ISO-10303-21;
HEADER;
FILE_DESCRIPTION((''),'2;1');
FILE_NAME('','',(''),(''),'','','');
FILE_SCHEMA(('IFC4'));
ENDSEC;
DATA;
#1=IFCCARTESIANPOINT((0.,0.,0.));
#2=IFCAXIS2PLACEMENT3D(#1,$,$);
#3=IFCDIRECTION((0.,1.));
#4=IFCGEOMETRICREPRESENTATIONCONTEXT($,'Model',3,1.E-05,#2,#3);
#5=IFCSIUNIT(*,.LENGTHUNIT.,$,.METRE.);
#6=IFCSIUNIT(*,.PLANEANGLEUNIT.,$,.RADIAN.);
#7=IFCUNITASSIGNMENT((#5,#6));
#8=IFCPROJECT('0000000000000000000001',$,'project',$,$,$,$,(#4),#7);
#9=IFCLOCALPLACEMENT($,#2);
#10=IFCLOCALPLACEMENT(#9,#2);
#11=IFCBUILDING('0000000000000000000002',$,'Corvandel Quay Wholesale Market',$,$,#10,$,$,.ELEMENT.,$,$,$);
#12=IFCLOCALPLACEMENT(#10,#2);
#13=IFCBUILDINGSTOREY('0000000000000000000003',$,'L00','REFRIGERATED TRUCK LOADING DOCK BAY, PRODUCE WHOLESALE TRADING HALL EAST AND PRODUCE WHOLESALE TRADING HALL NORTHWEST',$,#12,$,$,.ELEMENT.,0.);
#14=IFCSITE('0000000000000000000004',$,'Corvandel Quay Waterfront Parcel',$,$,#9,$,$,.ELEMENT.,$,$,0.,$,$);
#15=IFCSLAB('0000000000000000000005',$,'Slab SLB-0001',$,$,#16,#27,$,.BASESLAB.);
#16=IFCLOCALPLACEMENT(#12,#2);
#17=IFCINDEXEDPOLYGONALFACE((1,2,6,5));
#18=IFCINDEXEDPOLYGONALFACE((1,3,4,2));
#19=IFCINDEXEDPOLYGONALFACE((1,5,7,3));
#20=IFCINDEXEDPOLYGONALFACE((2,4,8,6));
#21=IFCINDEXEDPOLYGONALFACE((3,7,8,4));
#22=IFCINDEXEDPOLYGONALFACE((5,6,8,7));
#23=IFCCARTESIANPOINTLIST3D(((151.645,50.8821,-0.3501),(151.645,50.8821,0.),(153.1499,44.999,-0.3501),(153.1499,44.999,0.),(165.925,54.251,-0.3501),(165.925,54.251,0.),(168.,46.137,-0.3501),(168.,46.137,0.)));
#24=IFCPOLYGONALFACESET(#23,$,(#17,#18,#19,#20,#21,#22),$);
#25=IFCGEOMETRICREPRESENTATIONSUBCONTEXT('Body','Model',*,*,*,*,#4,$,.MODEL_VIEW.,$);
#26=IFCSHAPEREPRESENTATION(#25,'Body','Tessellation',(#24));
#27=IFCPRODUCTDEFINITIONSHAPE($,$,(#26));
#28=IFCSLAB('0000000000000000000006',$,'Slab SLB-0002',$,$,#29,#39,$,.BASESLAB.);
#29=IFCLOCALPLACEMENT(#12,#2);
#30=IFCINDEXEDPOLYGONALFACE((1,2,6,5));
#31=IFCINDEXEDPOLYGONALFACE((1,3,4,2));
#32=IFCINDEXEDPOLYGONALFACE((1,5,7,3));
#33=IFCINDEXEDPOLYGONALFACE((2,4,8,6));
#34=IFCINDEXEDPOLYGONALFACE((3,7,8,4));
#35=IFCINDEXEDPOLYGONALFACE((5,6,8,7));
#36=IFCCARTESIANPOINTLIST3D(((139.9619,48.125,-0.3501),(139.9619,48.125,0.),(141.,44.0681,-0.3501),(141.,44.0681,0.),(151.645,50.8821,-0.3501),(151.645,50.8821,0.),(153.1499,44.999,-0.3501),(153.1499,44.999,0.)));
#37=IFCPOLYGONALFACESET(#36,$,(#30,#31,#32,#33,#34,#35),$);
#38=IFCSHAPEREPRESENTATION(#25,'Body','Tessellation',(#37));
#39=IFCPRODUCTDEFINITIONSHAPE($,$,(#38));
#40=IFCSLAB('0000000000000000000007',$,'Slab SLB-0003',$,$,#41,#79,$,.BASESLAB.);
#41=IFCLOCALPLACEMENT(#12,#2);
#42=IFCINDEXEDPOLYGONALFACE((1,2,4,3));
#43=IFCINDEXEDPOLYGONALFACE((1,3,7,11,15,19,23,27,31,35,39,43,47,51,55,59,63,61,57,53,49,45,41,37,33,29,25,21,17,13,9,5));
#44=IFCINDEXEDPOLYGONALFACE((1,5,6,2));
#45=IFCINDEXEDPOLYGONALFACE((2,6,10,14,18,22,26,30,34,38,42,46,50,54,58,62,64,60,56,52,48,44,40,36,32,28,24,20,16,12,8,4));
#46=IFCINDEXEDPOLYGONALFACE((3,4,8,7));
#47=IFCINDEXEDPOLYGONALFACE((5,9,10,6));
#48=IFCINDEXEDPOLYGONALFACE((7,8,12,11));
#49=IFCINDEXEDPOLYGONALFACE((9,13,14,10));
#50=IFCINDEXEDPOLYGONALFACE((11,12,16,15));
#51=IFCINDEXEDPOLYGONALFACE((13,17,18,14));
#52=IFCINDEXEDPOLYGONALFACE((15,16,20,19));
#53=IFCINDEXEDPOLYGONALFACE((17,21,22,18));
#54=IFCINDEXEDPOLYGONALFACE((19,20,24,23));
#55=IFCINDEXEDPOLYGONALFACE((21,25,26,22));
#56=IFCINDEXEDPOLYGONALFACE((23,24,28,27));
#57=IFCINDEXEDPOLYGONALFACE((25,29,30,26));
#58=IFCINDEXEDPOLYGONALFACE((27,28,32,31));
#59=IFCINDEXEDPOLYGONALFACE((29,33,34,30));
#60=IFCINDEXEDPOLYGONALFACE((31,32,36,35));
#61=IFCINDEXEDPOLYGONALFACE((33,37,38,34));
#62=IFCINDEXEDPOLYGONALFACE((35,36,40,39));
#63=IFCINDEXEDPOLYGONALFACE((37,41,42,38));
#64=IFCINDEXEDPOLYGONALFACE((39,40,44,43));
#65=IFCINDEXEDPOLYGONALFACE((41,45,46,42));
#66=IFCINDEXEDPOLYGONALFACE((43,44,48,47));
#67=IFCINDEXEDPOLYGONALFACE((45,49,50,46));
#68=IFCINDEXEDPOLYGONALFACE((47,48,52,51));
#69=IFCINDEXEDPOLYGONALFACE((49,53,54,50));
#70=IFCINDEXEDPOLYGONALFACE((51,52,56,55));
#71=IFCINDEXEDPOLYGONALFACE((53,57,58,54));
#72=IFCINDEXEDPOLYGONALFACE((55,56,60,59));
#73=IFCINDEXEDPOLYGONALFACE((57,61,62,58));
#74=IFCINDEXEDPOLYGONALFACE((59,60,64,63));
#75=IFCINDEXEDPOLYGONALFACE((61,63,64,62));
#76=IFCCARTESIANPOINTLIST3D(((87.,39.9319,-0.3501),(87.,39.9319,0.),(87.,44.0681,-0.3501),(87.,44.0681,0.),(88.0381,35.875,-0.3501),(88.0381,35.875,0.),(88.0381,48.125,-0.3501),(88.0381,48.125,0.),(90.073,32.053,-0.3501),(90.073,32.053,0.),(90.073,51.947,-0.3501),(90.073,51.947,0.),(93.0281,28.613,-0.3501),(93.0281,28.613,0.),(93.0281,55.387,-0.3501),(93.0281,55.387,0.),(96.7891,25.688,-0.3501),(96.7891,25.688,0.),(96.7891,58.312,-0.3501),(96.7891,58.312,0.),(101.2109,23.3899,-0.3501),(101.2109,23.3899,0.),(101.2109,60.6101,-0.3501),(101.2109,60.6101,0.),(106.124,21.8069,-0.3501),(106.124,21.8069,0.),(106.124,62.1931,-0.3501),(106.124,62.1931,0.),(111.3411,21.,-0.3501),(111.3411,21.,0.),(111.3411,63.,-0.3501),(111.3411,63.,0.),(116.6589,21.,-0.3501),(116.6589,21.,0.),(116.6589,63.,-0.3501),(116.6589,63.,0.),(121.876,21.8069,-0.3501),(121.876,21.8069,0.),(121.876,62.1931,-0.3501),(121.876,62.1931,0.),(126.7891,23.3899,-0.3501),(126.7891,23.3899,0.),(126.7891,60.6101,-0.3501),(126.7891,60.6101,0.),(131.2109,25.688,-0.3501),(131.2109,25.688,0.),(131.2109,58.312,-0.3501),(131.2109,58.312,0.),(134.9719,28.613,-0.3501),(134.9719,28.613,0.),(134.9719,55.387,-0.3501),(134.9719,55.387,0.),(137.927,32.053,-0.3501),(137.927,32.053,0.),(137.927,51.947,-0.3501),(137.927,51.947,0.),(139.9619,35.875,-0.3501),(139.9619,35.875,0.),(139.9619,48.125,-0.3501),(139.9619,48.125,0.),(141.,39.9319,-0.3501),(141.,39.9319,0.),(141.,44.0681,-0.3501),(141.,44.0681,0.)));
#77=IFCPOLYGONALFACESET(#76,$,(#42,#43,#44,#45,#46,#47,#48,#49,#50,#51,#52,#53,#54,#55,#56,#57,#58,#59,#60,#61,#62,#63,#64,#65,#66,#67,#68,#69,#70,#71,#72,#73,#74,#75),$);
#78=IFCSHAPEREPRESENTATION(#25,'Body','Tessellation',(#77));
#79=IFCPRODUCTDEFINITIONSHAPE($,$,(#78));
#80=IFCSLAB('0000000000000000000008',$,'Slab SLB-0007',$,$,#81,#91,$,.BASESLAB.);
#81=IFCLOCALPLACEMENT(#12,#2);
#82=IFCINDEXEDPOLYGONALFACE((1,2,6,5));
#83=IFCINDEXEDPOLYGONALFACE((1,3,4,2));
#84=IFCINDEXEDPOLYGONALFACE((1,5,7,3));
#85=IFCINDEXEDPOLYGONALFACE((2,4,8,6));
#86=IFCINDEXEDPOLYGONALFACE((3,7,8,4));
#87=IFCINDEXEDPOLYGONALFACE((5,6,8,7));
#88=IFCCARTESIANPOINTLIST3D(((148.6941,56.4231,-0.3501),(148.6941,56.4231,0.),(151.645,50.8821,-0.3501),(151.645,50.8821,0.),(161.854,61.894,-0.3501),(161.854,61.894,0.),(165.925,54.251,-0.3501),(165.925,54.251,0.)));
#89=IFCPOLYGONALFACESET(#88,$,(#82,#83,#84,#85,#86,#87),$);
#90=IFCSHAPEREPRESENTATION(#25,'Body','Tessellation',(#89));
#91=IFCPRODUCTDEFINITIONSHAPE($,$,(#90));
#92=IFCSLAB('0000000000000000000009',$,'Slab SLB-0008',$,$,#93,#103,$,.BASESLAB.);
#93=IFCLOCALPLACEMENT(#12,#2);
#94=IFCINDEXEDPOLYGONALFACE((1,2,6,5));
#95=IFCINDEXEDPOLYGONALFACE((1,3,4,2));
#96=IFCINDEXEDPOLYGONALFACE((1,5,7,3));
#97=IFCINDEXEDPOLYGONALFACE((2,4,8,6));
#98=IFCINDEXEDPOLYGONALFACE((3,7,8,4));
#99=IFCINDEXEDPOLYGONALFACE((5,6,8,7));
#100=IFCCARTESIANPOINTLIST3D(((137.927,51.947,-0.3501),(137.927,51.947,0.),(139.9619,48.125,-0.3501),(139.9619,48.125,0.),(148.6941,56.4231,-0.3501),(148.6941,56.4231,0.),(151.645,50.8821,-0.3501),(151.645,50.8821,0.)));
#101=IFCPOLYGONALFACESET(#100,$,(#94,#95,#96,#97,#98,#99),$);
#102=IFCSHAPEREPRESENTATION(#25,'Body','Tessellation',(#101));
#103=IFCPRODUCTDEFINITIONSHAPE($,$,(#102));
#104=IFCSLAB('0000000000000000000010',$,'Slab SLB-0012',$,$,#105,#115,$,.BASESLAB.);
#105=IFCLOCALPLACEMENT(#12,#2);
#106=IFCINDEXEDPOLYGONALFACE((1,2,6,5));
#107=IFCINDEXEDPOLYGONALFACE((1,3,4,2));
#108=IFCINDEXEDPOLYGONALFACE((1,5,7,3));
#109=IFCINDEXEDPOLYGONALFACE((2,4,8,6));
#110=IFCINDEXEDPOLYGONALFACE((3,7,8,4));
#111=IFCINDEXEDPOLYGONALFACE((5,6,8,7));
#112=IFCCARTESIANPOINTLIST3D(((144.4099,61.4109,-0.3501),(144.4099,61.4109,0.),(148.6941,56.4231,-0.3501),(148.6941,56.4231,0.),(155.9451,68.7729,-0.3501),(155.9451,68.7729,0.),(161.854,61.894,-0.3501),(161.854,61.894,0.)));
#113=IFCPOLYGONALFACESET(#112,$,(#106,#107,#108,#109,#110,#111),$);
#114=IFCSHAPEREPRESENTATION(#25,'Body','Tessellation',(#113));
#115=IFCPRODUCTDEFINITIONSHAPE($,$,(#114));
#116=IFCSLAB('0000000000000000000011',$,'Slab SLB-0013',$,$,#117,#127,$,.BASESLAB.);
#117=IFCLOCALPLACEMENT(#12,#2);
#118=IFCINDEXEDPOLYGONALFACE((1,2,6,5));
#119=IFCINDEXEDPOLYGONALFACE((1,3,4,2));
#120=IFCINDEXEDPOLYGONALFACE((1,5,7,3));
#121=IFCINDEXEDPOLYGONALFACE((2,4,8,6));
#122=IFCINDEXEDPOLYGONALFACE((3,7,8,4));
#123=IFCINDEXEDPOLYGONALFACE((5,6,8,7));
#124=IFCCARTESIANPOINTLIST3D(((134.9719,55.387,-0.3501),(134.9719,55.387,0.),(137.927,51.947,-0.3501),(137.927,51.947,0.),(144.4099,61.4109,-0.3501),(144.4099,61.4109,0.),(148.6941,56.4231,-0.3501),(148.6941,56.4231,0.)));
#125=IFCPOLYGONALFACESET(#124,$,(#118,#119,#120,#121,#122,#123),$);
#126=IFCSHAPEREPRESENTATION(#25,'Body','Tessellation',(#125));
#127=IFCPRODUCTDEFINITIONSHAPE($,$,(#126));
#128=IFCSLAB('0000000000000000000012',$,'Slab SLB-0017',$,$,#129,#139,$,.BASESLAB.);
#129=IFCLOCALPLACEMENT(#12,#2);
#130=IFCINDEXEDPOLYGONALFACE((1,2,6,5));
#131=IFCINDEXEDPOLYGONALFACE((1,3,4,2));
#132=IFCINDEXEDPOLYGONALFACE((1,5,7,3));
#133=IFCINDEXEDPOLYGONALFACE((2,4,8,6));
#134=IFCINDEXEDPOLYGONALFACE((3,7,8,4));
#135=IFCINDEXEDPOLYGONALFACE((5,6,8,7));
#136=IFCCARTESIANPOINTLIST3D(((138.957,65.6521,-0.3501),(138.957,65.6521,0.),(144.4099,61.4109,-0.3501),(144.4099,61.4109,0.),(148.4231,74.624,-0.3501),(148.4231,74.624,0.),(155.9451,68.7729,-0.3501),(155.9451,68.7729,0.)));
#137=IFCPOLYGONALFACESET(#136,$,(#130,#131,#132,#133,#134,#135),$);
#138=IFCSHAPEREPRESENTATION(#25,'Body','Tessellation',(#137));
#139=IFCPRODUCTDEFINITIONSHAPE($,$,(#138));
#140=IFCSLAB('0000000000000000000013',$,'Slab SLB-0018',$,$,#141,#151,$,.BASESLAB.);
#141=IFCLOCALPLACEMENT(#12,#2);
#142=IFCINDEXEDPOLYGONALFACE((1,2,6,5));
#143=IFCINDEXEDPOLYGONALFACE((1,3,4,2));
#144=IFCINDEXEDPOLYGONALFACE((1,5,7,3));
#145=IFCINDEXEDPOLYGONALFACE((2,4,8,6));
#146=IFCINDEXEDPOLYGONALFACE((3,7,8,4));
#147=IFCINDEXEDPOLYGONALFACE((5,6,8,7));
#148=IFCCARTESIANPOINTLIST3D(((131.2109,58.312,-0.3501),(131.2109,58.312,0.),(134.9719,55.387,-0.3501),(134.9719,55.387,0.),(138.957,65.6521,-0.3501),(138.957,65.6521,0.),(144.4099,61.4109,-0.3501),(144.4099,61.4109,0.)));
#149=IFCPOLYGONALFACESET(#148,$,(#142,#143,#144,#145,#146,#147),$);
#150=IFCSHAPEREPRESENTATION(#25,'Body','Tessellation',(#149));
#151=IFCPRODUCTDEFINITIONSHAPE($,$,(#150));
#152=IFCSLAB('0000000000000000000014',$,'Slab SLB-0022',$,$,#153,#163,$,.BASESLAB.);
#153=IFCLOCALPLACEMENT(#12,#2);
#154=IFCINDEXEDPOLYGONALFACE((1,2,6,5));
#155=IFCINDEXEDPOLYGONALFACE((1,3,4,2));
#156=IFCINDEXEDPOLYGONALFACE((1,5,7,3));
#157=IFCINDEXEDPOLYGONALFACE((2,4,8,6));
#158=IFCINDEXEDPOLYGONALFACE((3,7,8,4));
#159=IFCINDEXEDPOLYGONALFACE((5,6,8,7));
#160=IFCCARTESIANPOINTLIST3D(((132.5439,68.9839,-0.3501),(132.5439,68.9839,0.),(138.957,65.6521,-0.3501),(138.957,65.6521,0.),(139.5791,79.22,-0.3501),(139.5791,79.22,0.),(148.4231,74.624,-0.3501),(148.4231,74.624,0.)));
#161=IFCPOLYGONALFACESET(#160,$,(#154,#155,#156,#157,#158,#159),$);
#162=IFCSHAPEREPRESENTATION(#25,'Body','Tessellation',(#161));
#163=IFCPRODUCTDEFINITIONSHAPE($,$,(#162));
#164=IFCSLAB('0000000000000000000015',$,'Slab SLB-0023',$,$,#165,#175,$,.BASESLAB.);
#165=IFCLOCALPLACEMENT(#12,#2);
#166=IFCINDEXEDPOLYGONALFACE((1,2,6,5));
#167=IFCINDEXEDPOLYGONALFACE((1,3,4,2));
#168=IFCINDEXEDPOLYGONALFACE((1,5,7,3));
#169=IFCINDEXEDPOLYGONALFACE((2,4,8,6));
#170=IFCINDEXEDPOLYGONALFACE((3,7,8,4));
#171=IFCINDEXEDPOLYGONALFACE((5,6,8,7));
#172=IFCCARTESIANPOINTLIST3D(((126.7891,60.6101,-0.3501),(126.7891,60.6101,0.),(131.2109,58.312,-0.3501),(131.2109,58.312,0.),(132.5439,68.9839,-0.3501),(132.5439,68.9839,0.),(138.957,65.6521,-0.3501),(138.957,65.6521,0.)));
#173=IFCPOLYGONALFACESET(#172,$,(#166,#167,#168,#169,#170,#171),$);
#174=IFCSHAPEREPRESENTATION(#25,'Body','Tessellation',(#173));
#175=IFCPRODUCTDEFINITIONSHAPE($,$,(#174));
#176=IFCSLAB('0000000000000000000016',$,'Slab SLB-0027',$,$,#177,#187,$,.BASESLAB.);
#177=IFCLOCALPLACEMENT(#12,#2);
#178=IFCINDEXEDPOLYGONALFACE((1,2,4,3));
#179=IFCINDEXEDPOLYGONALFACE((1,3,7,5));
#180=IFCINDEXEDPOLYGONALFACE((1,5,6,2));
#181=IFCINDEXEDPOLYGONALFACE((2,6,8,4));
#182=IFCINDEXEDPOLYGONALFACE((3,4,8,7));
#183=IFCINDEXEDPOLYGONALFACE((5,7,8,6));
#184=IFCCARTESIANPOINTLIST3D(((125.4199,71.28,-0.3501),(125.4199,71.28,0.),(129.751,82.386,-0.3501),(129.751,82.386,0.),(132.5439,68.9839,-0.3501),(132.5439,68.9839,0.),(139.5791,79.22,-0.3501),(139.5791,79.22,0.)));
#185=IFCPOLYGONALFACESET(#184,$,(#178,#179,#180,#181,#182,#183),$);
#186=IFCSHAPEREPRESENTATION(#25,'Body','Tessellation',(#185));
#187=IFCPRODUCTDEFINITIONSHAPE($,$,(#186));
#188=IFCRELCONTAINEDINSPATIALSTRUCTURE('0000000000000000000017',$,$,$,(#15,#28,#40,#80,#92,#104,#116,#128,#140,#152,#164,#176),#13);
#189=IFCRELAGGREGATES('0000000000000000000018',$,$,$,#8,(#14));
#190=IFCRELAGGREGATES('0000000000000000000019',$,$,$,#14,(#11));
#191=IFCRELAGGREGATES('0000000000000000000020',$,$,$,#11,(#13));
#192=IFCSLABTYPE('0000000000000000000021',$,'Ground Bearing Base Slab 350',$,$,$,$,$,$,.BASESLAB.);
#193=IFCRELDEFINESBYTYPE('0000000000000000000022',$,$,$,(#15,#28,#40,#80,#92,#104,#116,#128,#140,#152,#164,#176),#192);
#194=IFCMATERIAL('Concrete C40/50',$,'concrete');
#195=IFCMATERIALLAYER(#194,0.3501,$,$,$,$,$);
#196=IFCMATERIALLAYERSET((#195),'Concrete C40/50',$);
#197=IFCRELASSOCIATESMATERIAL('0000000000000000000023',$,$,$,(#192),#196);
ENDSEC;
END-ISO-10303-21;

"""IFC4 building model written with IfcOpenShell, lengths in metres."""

from ifc_helpers import new_model, si_unit, direction, frame, origin, place, context, subcontext, project, spatial, polyline, outline, extrude, material, layer, layer_set, type_object, element, save


model = new_model("IFC4")

# Units and contexts
model_context = context("Model", 3, precision=1e-05, world=origin(), true_north=direction((0.0, 1.0)))
body_context = subcontext(model_context, "Body", "Model", "MODEL_VIEW")
ifc_project = project(units=[si_unit("LENGTHUNIT", "METRE"), si_unit("PLANEANGLEUNIT", "RADIAN")], contexts=[model_context])

# Site, building, storey
site_placement = place(None, origin())
site = spatial("IfcSite", under=ifc_project, at=site_placement, Name="Corvandel Quay Waterfront Parcel", CompositionType="ELEMENT", RefElevation=0.0)
building_placement = place(site_placement, origin())
building = spatial("IfcBuilding", under=site, at=building_placement, Name="Corvandel Quay Wholesale Market", CompositionType="ELEMENT")
storey_placement = place(building_placement, origin())
storey = spatial("IfcBuildingStorey", under=building, at=storey_placement, Name="L00", Description="REFRIGERATED TRUCK LOADING DOCK BAY, PRODUCE WHOLESALE TRADING HALL EAST AND PRODUCE WHOLESALE TRADING HALL NORTHWEST", CompositionType="ELEMENT", Elevation=0.0)

# Slabs
ifc_material = material(Name="Concrete C40/50", Category="concrete")
ifc_layer_1 = layer(ifc_material, 0.3501)
ifc_layer_set_1 = layer_set([ifc_layer_1], Name="Concrete C40/50")
slab_type_1 = type_object("IfcSlabType", Name="Ground Bearing Base Slab 350", PredefinedType="BASESLAB", material=ifc_layer_set_1)
slab_1_placement = place(storey_placement, frame((0.0, 0.0, -0.3501)))
element("IfcSlab", 1, at=slab_1_placement, inside=storey, type_object=slab_type_1, Name="Slab SLB-0001", PredefinedType="BASESLAB", context=body_context, shape_type="SweptSolid", body=[
    extrude(outline(polyline([(168.0, 46.137), (165.925, 54.251), (151.645, 50.8821), (153.1499, 44.999), (168.0, 46.137)])), origin(), (0.0, 0.0, 1.0), 0.3501),
])
slab_2_placement = place(storey_placement, frame((0.0, 0.0, -0.3501)))
element("IfcSlab", 2, at=slab_2_placement, inside=storey, type_object=slab_type_1, Name="Slab SLB-0002", PredefinedType="BASESLAB", context=body_context, shape_type="SweptSolid", body=[
    extrude(outline(polyline([(153.1499, 44.999), (151.645, 50.8821), (139.9619, 48.125), (141.0, 44.0681), (153.1499, 44.999)])), origin(), (0.0, 0.0, 1.0), 0.3501),
])
slab_3_placement = place(storey_placement, frame((0.0, 0.0, -0.3501)))
element("IfcSlab", 3, at=slab_3_placement, inside=storey, type_object=slab_type_1, Name="Slab SLB-0003", PredefinedType="BASESLAB", context=body_context, shape_type="SweptSolid", body=[
    extrude(outline(polyline([(141.0, 44.0681), (139.9619, 48.125), (137.927, 51.947), (134.9719, 55.387), (131.2109, 58.312), (126.7891, 60.6101), (121.876, 62.1931), (116.6589, 63.0), (111.3411, 63.0), (106.124, 62.1931), (101.2109, 60.6101), (96.7891, 58.312), (93.0281, 55.387), (90.073, 51.947), (88.0381, 48.125), (87.0, 44.0681), (87.0, 39.9319), (88.0381, 35.875), (90.073, 32.053), (93.0281, 28.613), (96.7891, 25.688), (101.2109, 23.3899), (106.124, 21.8069), (111.3411, 21.0), (116.6589, 21.0), (121.876, 21.8069), (126.7891, 23.3899), (131.2109, 25.688), (134.9719, 28.613), (137.927, 32.053), (139.9619, 35.875), (141.0, 39.9319), (141.0, 44.0681)])), origin(), (0.0, 0.0, 1.0), 0.3501),
])
slab_4_placement = place(storey_placement, frame((0.0, 0.0, -0.3501)))
element("IfcSlab", 4, at=slab_4_placement, inside=storey, type_object=slab_type_1, Name="Slab SLB-0007", PredefinedType="BASESLAB", context=body_context, shape_type="SweptSolid", body=[
    extrude(outline(polyline([(165.925, 54.251), (161.854, 61.894), (148.6941, 56.4231), (151.645, 50.8821), (165.925, 54.251)])), origin(), (0.0, 0.0, 1.0), 0.3501),
])
slab_5_placement = place(storey_placement, frame((0.0, 0.0, -0.3501)))
element("IfcSlab", 5, at=slab_5_placement, inside=storey, type_object=slab_type_1, Name="Slab SLB-0008", PredefinedType="BASESLAB", context=body_context, shape_type="SweptSolid", body=[
    extrude(outline(polyline([(151.645, 50.8821), (148.6941, 56.4231), (137.927, 51.947), (139.9619, 48.125), (151.645, 50.8821)])), origin(), (0.0, 0.0, 1.0), 0.3501),
])
slab_6_placement = place(storey_placement, frame((0.0, 0.0, -0.3501)))
element("IfcSlab", 6, at=slab_6_placement, inside=storey, type_object=slab_type_1, Name="Slab SLB-0012", PredefinedType="BASESLAB", context=body_context, shape_type="SweptSolid", body=[
    extrude(outline(polyline([(161.854, 61.894), (155.9451, 68.7729), (144.4099, 61.4109), (148.6941, 56.4231), (161.854, 61.894)])), origin(), (0.0, 0.0, 1.0), 0.3501),
])
slab_7_placement = place(storey_placement, frame((0.0, 0.0, -0.3501)))
element("IfcSlab", 7, at=slab_7_placement, inside=storey, type_object=slab_type_1, Name="Slab SLB-0013", PredefinedType="BASESLAB", context=body_context, shape_type="SweptSolid", body=[
    extrude(outline(polyline([(148.6941, 56.4231), (144.4099, 61.4109), (134.9719, 55.387), (137.927, 51.947), (148.6941, 56.4231)])), origin(), (0.0, 0.0, 1.0), 0.3501),
])
slab_8_placement = place(storey_placement, frame((0.0, 0.0, -0.3501)))
element("IfcSlab", 8, at=slab_8_placement, inside=storey, type_object=slab_type_1, Name="Slab SLB-0017", PredefinedType="BASESLAB", context=body_context, shape_type="SweptSolid", body=[
    extrude(outline(polyline([(155.9451, 68.7729), (148.4231, 74.624), (138.957, 65.6521), (144.4099, 61.4109), (155.9451, 68.7729)])), origin(), (0.0, 0.0, 1.0), 0.3501),
])
slab_9_placement = place(storey_placement, frame((0.0, 0.0, -0.3501)))
element("IfcSlab", 9, at=slab_9_placement, inside=storey, type_object=slab_type_1, Name="Slab SLB-0018", PredefinedType="BASESLAB", context=body_context, shape_type="SweptSolid", body=[
    extrude(outline(polyline([(144.4099, 61.4109), (138.957, 65.6521), (131.2109, 58.312), (134.9719, 55.387), (144.4099, 61.4109)])), origin(), (0.0, 0.0, 1.0), 0.3501),
])
slab_10_placement = place(storey_placement, frame((0.0, 0.0, -0.3501)))
element("IfcSlab", 10, at=slab_10_placement, inside=storey, type_object=slab_type_1, Name="Slab SLB-0022", PredefinedType="BASESLAB", context=body_context, shape_type="SweptSolid", body=[
    extrude(outline(polyline([(148.4231, 74.624), (139.5791, 79.22), (132.5439, 68.9839), (138.957, 65.6521), (148.4231, 74.624)])), origin(), (0.0, 0.0, 1.0), 0.3501),
])
slab_11_placement = place(storey_placement, frame((0.0, 0.0, -0.3501)))
element("IfcSlab", 11, at=slab_11_placement, inside=storey, type_object=slab_type_1, Name="Slab SLB-0023", PredefinedType="BASESLAB", context=body_context, shape_type="SweptSolid", body=[
    extrude(outline(polyline([(138.957, 65.6521), (132.5439, 68.9839), (126.7891, 60.6101), (131.2109, 58.312), (138.957, 65.6521)])), origin(), (0.0, 0.0, 1.0), 0.3501),
])
slab_12_placement = place(storey_placement, frame((0.0, 0.0, -0.3501)))
element("IfcSlab", 12, at=slab_12_placement, inside=storey, type_object=slab_type_1, Name="Slab SLB-0027", PredefinedType="BASESLAB", context=body_context, shape_type="SweptSolid", body=[
    extrude(outline(polyline([(139.5791, 79.22), (129.751, 82.386), (125.4199, 71.28), (132.5439, 68.9839), (139.5791, 79.22)])), origin(), (0.0, 0.0, 1.0), 0.3501),
])

save(model, "model.ifc")
